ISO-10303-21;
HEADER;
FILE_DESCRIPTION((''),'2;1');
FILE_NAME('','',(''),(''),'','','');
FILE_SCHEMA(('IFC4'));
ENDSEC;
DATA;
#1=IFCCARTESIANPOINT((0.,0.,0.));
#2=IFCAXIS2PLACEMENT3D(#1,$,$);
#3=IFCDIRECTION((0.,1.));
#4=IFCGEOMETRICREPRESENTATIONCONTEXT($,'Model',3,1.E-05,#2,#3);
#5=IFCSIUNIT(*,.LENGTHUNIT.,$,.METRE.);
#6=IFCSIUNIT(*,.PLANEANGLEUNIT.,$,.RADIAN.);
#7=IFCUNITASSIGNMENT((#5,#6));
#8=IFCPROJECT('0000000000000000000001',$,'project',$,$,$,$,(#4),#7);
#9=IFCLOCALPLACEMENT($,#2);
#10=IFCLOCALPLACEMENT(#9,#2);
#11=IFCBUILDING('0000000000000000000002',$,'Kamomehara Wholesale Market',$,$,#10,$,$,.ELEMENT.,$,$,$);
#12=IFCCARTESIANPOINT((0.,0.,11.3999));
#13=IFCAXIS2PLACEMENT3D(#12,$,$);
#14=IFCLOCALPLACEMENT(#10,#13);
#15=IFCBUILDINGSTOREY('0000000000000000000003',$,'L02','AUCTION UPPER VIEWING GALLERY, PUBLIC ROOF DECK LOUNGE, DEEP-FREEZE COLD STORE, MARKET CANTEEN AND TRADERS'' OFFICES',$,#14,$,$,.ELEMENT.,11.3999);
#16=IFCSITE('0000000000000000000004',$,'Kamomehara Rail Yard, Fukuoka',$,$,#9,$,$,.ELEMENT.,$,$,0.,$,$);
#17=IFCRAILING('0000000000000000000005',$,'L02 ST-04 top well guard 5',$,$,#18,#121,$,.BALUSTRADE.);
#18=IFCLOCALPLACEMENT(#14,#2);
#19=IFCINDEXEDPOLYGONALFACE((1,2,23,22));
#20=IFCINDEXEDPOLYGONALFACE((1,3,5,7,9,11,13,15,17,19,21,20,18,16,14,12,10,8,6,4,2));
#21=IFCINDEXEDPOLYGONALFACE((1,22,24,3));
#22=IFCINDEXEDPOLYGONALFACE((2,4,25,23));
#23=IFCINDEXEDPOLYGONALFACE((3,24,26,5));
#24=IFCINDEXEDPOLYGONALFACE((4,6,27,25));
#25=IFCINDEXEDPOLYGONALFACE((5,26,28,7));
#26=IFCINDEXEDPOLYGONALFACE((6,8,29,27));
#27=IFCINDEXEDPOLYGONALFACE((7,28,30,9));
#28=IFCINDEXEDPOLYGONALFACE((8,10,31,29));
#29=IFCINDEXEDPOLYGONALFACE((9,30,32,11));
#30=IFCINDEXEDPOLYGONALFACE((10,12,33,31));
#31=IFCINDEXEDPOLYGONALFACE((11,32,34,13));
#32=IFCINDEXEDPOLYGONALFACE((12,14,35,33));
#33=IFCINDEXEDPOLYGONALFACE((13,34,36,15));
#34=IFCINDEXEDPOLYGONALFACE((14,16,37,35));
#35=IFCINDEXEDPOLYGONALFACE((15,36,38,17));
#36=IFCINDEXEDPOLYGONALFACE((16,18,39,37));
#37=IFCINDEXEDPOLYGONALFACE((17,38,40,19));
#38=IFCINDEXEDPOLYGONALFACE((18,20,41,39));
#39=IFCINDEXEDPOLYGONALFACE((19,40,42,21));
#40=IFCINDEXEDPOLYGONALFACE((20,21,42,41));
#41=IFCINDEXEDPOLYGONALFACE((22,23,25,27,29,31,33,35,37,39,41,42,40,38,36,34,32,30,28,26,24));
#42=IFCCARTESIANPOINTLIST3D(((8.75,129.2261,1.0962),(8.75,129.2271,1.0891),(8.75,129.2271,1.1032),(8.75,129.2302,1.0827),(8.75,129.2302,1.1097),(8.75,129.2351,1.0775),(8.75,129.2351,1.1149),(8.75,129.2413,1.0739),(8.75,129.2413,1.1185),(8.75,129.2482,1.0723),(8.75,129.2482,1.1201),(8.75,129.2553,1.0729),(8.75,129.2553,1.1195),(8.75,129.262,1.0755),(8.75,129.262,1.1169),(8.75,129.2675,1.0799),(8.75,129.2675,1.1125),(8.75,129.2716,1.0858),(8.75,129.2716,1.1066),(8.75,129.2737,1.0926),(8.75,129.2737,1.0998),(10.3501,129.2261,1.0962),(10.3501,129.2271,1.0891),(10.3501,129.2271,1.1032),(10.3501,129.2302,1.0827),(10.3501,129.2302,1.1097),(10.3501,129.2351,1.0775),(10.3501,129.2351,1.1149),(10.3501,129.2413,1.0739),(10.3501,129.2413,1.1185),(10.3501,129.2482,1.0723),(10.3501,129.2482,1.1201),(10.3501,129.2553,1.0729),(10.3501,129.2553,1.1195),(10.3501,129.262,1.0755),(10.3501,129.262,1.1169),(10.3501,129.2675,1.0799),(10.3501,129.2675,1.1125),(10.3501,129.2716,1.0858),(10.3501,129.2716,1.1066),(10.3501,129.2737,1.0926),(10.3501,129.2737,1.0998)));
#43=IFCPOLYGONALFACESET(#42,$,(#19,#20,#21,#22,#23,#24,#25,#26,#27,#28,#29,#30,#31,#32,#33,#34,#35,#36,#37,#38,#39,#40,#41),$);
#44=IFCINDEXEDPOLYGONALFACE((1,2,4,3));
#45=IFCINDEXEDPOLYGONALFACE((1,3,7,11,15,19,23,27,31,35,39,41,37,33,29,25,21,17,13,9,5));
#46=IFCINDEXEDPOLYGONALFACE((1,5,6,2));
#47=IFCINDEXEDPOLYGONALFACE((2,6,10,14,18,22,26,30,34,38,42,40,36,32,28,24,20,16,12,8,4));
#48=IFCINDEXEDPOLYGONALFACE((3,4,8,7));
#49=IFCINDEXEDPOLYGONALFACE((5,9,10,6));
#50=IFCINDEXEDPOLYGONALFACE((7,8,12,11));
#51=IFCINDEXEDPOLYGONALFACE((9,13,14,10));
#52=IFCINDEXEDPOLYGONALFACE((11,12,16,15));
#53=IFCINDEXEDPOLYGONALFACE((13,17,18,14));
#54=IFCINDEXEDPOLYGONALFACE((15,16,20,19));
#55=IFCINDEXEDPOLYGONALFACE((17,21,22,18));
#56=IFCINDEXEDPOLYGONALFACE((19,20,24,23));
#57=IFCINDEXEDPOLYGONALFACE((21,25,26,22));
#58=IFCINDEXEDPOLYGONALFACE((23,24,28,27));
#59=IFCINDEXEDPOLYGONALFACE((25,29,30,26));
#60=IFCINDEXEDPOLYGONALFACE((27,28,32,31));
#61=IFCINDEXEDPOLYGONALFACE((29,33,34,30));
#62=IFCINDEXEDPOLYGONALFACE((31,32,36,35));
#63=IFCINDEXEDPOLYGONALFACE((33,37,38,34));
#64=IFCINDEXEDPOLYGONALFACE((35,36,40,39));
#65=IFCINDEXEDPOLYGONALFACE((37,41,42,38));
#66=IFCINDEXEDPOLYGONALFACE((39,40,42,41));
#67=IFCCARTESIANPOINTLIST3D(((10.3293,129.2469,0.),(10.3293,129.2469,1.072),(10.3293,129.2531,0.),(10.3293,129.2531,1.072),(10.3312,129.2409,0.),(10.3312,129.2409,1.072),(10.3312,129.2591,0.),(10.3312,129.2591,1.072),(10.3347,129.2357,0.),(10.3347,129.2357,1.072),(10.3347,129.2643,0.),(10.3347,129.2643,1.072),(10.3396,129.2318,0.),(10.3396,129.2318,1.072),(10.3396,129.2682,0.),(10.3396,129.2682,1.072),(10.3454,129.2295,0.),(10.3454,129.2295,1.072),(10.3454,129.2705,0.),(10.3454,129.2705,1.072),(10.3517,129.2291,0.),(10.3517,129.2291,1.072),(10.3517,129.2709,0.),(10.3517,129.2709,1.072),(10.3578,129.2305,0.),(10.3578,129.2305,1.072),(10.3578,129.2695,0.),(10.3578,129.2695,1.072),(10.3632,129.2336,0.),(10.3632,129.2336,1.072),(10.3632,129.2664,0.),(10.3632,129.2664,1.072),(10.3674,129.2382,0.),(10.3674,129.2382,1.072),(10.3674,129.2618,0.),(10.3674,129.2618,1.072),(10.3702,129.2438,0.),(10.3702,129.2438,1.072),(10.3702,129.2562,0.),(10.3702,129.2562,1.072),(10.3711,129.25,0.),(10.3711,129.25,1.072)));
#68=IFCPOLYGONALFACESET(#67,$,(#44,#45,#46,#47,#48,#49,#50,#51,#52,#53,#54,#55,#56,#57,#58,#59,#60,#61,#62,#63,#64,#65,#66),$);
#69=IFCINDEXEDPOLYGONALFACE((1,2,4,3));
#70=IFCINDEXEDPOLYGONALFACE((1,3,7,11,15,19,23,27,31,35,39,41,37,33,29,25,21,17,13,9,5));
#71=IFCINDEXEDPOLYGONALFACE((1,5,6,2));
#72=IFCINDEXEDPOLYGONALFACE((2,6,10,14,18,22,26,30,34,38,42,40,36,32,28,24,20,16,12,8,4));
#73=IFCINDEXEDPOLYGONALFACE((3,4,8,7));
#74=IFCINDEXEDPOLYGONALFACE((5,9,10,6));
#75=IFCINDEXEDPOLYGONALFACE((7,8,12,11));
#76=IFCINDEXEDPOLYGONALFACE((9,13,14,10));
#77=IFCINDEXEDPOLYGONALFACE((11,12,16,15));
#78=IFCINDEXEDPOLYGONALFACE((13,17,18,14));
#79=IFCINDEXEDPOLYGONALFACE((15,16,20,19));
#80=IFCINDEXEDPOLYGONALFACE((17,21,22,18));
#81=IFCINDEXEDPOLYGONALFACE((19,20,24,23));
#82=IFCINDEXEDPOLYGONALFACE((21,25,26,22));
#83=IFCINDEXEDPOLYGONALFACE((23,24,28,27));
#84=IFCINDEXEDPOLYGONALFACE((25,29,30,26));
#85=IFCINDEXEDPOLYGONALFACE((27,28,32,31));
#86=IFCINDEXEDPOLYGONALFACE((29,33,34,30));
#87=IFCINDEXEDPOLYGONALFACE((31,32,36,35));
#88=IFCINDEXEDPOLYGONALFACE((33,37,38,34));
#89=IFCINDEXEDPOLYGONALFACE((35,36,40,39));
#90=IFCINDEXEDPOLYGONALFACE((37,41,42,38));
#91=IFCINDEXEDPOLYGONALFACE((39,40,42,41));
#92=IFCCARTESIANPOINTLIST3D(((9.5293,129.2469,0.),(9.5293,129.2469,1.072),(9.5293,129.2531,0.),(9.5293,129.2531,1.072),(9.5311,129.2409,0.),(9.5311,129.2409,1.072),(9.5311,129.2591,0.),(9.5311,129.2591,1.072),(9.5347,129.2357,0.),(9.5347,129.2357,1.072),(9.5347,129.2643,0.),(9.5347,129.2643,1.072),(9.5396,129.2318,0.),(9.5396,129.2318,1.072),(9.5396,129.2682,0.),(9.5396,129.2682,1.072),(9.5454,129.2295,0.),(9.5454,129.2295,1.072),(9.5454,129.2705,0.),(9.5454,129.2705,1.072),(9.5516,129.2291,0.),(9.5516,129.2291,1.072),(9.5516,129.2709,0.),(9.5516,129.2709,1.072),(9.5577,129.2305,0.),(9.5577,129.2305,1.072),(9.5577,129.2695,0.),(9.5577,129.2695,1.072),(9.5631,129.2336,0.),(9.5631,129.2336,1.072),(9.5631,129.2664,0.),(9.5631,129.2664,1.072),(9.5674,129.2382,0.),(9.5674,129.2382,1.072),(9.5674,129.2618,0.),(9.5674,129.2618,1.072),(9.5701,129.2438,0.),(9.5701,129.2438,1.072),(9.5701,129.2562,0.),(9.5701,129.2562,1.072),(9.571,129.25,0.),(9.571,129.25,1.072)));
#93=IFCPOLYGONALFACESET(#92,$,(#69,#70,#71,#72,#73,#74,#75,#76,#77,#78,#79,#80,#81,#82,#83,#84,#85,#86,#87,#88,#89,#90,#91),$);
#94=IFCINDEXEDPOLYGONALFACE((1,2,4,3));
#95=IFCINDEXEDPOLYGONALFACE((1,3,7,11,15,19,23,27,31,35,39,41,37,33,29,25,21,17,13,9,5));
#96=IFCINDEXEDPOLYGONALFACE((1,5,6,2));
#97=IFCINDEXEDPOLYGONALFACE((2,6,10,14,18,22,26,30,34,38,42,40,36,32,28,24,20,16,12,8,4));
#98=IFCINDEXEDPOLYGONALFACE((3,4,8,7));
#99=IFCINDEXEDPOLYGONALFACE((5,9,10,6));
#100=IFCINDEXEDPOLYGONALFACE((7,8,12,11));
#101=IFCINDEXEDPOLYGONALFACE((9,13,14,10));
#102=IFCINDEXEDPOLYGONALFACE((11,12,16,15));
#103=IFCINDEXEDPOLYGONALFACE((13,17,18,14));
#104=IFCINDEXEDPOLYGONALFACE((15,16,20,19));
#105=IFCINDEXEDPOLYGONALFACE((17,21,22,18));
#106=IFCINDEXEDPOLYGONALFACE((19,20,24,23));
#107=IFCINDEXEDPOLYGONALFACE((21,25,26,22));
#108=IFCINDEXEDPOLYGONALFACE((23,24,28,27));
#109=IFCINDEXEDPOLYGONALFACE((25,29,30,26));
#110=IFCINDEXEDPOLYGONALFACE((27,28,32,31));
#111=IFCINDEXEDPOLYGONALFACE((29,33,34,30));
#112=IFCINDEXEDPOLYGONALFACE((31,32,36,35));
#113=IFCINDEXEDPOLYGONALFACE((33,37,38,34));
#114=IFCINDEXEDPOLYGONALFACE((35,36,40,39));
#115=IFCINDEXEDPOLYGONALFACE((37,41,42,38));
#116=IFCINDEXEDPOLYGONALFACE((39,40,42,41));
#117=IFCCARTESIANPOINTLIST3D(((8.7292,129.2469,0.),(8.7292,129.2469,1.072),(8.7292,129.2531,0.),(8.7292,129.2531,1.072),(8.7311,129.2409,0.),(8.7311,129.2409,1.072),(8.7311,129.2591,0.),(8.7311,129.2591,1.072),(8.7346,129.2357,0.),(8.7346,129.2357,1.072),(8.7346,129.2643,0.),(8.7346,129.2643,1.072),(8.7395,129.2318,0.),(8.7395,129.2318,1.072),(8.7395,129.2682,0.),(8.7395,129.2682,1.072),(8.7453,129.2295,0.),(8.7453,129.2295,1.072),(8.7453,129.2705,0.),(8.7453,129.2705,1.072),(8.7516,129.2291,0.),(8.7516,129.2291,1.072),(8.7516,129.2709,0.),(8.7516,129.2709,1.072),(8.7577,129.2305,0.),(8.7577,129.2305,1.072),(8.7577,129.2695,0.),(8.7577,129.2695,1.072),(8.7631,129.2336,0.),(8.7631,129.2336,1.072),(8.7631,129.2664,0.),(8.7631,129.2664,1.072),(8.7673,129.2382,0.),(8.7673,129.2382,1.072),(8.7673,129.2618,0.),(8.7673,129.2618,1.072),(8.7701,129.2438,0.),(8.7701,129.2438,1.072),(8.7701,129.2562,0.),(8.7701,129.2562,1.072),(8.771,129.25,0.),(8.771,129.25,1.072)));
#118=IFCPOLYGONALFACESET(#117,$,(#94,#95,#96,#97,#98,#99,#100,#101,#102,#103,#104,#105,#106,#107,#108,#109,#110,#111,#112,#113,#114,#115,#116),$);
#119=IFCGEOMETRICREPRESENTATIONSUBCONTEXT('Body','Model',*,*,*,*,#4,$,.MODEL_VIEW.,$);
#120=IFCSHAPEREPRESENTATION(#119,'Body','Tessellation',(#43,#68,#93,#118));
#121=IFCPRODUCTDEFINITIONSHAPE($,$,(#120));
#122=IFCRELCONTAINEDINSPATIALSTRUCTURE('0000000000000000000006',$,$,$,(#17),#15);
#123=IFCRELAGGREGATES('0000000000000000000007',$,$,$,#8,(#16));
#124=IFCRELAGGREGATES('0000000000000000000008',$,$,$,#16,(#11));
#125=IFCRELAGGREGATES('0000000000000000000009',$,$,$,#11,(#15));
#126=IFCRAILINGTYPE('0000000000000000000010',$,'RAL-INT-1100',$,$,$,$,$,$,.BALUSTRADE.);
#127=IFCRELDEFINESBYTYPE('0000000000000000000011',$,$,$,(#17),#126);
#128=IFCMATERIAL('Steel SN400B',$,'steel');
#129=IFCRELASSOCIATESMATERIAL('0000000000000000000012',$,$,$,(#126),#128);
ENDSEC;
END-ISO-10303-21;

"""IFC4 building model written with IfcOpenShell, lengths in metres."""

from ifc_helpers import new_model, si_unit, direction, frame, origin, origin_2d, place, context, subcontext, project, spatial, circle, extrude, material, type_object, element, save


model = new_model("IFC4")

# Units and contexts
model_context = context("Model", 3, precision=1e-05, world=origin(), true_north=direction((0.0, 1.0)))
body_context = subcontext(model_context, "Body", "Model", "MODEL_VIEW")
ifc_project = project(units=[si_unit("LENGTHUNIT", "METRE"), si_unit("PLANEANGLEUNIT", "RADIAN")], contexts=[model_context])

# Site, building, storey
site_placement = place(None, origin())
site = spatial("IfcSite", under=ifc_project, at=site_placement, Name="Kamomehara Rail Yard, Fukuoka", CompositionType="ELEMENT", RefElevation=0.0)
building_placement = place(site_placement, origin())
building = spatial("IfcBuilding", under=site, at=building_placement, Name="Kamomehara Wholesale Market", CompositionType="ELEMENT")
storey_placement = place(building_placement, frame((0.0, 0.0, 11.3999)))
storey = spatial("IfcBuildingStorey", under=building, at=storey_placement, Name="L02", Description="AUCTION UPPER VIEWING GALLERY, PUBLIC ROOF DECK LOUNGE, DEEP-FREEZE COLD STORE, MARKET CANTEEN AND TRADERS' OFFICES", CompositionType="ELEMENT", Elevation=11.3999)

# Railing
ifc_material_1 = material(Name="Steel SN400B", Category="steel")
railing_type = type_object("IfcRailingType", Name="RAL-INT-1100", PredefinedType="BALUSTRADE", material=ifc_material_1)
railing_1_placement = place(storey_placement, frame((10.3501, 129.25, 0.0)))
element("IfcRailing", 1, at=railing_1_placement, inside=storey, type_object=railing_type, Name="L02 ST-04 top well guard 5", PredefinedType="BALUSTRADE", context=body_context, shape_type="SweptSolid", body=[
    extrude(circle(Radius=0.0239, at=origin_2d()), frame((0.0, 0.0, 1.0962), z_axis=(-1.0, 0.0, 0.0), x_axis=(0.0, -1.0, 0.0)), (0.0, 0.0, 1.0), 1.6001),
    extrude(circle(Radius=0.021, at=origin_2d()), origin(), (0.0, 0.0, 1.0), 1.072),
    extrude(circle(Radius=0.021, at=origin_2d()), frame((-0.8, 0.0, 0.0)), (0.0, 0.0, 1.0), 1.072),
    extrude(circle(Radius=0.021, at=origin_2d()), frame((-1.6001, 0.0, 0.0)), (0.0, 0.0, 1.0), 1.072),
])

save(model, "model.ifc")
